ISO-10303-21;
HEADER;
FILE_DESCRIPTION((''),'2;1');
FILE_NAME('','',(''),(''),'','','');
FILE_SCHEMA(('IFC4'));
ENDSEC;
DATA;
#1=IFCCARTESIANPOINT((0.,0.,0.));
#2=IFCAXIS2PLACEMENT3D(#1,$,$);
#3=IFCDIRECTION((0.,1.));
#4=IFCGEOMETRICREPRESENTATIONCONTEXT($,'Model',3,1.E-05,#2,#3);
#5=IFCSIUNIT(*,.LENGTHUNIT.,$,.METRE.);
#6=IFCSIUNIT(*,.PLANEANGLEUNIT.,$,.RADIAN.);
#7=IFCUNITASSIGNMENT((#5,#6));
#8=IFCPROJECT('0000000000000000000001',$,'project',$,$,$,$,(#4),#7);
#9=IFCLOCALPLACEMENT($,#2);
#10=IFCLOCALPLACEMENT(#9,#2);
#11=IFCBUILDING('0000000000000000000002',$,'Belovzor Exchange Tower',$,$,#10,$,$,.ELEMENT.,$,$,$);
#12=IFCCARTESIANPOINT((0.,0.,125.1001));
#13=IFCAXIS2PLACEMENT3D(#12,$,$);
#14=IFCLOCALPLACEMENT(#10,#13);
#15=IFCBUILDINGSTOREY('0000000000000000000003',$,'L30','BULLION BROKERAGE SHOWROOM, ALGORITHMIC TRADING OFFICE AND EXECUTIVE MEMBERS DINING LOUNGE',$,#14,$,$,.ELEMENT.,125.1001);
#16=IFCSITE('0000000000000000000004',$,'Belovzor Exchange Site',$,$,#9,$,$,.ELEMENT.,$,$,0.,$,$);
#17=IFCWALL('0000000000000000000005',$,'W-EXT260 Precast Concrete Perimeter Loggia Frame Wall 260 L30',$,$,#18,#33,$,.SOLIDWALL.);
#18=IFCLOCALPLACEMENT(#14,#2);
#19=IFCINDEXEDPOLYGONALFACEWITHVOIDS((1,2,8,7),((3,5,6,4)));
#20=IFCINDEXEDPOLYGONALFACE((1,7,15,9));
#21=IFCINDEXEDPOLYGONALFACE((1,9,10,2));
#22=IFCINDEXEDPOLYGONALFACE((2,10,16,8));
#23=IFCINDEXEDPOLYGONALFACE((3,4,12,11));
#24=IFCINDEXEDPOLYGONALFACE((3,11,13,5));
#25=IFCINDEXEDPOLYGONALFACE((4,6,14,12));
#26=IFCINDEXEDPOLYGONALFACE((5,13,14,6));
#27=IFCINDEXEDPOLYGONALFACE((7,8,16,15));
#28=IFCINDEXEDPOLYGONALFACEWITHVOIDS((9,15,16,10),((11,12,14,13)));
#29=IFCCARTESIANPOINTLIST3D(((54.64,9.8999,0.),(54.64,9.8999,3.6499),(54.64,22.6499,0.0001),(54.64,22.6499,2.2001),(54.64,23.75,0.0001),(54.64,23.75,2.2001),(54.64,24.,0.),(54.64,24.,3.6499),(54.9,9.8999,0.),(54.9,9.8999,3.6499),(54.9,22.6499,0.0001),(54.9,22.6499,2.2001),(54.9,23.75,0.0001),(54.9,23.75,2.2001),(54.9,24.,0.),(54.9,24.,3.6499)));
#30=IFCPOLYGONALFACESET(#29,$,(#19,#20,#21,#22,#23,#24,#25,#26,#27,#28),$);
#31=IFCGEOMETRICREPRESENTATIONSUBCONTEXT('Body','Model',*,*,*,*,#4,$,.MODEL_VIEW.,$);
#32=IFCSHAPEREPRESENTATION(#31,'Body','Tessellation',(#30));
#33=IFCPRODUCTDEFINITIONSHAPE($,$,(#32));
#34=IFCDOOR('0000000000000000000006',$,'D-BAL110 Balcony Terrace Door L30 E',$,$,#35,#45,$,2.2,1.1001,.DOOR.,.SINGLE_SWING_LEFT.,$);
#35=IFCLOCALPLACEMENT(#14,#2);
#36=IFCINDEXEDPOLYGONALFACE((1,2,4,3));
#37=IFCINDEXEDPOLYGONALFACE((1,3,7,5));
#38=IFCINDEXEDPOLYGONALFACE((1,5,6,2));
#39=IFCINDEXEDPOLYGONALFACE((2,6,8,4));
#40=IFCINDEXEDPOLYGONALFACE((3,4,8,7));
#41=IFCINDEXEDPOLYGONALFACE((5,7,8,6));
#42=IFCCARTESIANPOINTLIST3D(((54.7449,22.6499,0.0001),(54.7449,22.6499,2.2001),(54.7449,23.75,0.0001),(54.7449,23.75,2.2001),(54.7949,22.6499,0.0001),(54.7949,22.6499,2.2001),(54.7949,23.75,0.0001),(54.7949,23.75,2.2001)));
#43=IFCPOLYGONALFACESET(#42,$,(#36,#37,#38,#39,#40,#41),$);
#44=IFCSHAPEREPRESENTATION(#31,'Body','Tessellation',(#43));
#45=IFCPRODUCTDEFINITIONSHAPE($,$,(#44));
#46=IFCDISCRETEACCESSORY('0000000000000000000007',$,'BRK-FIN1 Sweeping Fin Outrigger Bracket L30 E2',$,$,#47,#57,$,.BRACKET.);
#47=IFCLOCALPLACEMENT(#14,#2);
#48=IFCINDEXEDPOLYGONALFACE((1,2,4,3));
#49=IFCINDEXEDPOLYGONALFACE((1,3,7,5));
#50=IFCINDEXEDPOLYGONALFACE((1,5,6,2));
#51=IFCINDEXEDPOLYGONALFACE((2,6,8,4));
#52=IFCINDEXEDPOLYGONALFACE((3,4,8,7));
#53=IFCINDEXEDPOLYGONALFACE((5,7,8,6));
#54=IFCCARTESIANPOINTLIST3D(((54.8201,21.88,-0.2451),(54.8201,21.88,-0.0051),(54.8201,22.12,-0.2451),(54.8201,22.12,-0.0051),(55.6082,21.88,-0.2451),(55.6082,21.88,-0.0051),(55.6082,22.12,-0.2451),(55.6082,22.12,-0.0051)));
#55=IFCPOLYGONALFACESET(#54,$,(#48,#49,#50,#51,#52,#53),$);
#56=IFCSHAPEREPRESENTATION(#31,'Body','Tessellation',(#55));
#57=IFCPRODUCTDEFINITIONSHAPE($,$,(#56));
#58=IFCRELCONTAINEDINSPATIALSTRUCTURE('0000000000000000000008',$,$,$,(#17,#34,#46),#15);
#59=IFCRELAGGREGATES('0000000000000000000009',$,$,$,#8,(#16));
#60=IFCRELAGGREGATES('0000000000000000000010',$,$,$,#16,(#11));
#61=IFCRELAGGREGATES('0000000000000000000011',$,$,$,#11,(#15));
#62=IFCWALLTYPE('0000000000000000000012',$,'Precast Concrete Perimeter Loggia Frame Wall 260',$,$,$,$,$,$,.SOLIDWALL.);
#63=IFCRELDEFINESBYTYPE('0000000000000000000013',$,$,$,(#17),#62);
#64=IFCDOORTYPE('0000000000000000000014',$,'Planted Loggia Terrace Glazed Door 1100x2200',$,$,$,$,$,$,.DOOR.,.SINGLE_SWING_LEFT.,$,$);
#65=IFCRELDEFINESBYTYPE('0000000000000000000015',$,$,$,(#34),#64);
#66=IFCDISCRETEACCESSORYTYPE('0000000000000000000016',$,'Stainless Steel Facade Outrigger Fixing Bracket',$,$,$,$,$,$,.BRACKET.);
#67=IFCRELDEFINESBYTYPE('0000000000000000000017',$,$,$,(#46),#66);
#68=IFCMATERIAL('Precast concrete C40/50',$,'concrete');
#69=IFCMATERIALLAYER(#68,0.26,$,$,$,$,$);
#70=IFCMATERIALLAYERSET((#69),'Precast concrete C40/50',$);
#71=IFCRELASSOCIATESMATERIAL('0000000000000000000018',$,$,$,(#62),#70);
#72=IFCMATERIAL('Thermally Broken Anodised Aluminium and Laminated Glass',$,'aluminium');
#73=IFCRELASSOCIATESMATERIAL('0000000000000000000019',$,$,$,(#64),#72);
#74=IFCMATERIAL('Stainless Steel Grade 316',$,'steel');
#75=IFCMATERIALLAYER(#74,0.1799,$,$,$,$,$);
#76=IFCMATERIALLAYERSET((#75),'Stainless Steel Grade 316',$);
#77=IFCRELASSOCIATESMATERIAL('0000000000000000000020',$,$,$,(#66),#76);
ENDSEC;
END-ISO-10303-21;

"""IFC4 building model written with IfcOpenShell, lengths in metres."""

from ifc_helpers import new_model, si_unit, direction, frame, frame_2d, origin, origin_2d, place, context, subcontext, project, spatial, rectangle, extrude, material, layer, layer_set, type_object, element, fill, save


model = new_model("IFC4")

# Units and contexts
model_context = context("Model", 3, precision=1e-05, world=origin(), true_north=direction((0.0, 1.0)))
body_context = subcontext(model_context, "Body", "Model", "MODEL_VIEW")
ifc_project = project(units=[si_unit("LENGTHUNIT", "METRE"), si_unit("PLANEANGLEUNIT", "RADIAN")], contexts=[model_context])

# Site, building, storey
site_placement = place(None, origin())
site = spatial("IfcSite", under=ifc_project, at=site_placement, Name="Belovzor Exchange Site", CompositionType="ELEMENT", RefElevation=0.0)
building_placement = place(site_placement, origin())
building = spatial("IfcBuilding", under=site, at=building_placement, Name="Belovzor Exchange Tower", CompositionType="ELEMENT")
storey_placement = place(building_placement, frame((0.0, 0.0, 125.1001)))
storey = spatial("IfcBuildingStorey", under=building, at=storey_placement, Name="L30", Description="BULLION BROKERAGE SHOWROOM, ALGORITHMIC TRADING OFFICE AND EXECUTIVE MEMBERS DINING LOUNGE", CompositionType="ELEMENT", Elevation=125.1001)

# Wall, opening, door
ifc_material_1 = material(Name="Precast concrete C40/50", Category="concrete")
ifc_layer_1 = layer(ifc_material_1, 0.26)
ifc_layer_set_1 = layer_set([ifc_layer_1], Name="Precast concrete C40/50")
wall_type_1 = type_object("IfcWallType", Name="Precast Concrete Perimeter Loggia Frame Wall 260", PredefinedType="SOLIDWALL", material=ifc_layer_set_1)
wall_1_placement = place(storey_placement, frame((54.77, 24.0, 0.0), z_axis=(0.0, 0.0, 1.0), x_axis=(0.0, -1.0, 0.0)))
wall_1 = element("IfcWall", 1, at=wall_1_placement, inside=storey, type_object=wall_type_1, Name="W-EXT260 Precast Concrete Perimeter Loggia Frame Wall 260 L30", PredefinedType="SOLIDWALL", context=body_context, shape_type="SweptSolid", body=[
    extrude(rectangle(XDim=14.1001, YDim=0.26, at=frame_2d((7.05, 0.0))), origin(), (0.0, 0.0, 1.0), 3.6499),
])
opening_1_placement = place(wall_1_placement, frame((0.25, 0.0, 0.0)))
opening_1 = element("IfcOpeningElement", 2, at=opening_1_placement, cuts=wall_1, PredefinedType="OPENING", context=body_context, shape_type="SweptSolid", body=[
    extrude(rectangle(XDim=1.1001, YDim=2.2, at=frame_2d((0.55, 1.1001))), frame((0.0, 0.1399, 0.0), z_axis=(0.0, -1.0, 0.0), x_axis=(1.0, 0.0, 0.0)), (0.0, 0.0, 1.0), 0.28),
])
ifc_material_2 = material(Name="Thermally Broken Anodised Aluminium and Laminated Glass", Category="aluminium")
door_type_1 = type_object("IfcDoorType", Name="Planted Loggia Terrace Glazed Door 1100x2200", OperationType="SINGLE_SWING_LEFT", PredefinedType="DOOR", material=ifc_material_2)
door_1_placement = place(opening_1_placement, origin())
door_1 = element("IfcDoor", 3, at=door_1_placement, inside=storey, type_object=door_type_1, Name="D-BAL110 Balcony Terrace Door L30 E", OperationType="SINGLE_SWING_LEFT", OverallHeight=2.2, OverallWidth=1.1001, PredefinedType="DOOR", context=body_context, shape_type="SweptSolid", body=[
    extrude(rectangle(XDim=1.1001, YDim=2.2, at=frame_2d((0.55, 1.1001))), frame((0.0, 0.0249, 0.0), z_axis=(0.0, -1.0, 0.0), x_axis=(1.0, 0.0, 0.0)), (0.0, 0.0, 1.0), 0.05),
])
fill(opening_1, door_1)

# Discrete accessory
ifc_material_3 = material(Name="Stainless Steel Grade 316", Category="steel")
ifc_layer_2 = layer(ifc_material_3, 0.1799)
ifc_layer_set_2 = layer_set([ifc_layer_2], Name="Stainless Steel Grade 316")
discrete_accessory_type = type_object("IfcDiscreteAccessoryType", Name="Stainless Steel Facade Outrigger Fixing Bracket", PredefinedType="BRACKET", material=ifc_layer_set_2)
discrete_accessory_placement = place(storey_placement, frame((55.2141, 22.0, -0.2451), z_axis=(0.0, 0.0, 1.0), x_axis=(1.0, 0.0, 0.0)))
element("IfcDiscreteAccessory", 4, at=discrete_accessory_placement, inside=storey, type_object=discrete_accessory_type, Name="BRK-FIN1 Sweeping Fin Outrigger Bracket L30 E2", PredefinedType="BRACKET", context=body_context, shape_type="SweptSolid", body=[
    extrude(rectangle(XDim=0.7881, YDim=0.24, at=origin_2d()), origin(), (0.0, 0.0, 1.0), 0.24),
])

save(model, "model.ifc")
